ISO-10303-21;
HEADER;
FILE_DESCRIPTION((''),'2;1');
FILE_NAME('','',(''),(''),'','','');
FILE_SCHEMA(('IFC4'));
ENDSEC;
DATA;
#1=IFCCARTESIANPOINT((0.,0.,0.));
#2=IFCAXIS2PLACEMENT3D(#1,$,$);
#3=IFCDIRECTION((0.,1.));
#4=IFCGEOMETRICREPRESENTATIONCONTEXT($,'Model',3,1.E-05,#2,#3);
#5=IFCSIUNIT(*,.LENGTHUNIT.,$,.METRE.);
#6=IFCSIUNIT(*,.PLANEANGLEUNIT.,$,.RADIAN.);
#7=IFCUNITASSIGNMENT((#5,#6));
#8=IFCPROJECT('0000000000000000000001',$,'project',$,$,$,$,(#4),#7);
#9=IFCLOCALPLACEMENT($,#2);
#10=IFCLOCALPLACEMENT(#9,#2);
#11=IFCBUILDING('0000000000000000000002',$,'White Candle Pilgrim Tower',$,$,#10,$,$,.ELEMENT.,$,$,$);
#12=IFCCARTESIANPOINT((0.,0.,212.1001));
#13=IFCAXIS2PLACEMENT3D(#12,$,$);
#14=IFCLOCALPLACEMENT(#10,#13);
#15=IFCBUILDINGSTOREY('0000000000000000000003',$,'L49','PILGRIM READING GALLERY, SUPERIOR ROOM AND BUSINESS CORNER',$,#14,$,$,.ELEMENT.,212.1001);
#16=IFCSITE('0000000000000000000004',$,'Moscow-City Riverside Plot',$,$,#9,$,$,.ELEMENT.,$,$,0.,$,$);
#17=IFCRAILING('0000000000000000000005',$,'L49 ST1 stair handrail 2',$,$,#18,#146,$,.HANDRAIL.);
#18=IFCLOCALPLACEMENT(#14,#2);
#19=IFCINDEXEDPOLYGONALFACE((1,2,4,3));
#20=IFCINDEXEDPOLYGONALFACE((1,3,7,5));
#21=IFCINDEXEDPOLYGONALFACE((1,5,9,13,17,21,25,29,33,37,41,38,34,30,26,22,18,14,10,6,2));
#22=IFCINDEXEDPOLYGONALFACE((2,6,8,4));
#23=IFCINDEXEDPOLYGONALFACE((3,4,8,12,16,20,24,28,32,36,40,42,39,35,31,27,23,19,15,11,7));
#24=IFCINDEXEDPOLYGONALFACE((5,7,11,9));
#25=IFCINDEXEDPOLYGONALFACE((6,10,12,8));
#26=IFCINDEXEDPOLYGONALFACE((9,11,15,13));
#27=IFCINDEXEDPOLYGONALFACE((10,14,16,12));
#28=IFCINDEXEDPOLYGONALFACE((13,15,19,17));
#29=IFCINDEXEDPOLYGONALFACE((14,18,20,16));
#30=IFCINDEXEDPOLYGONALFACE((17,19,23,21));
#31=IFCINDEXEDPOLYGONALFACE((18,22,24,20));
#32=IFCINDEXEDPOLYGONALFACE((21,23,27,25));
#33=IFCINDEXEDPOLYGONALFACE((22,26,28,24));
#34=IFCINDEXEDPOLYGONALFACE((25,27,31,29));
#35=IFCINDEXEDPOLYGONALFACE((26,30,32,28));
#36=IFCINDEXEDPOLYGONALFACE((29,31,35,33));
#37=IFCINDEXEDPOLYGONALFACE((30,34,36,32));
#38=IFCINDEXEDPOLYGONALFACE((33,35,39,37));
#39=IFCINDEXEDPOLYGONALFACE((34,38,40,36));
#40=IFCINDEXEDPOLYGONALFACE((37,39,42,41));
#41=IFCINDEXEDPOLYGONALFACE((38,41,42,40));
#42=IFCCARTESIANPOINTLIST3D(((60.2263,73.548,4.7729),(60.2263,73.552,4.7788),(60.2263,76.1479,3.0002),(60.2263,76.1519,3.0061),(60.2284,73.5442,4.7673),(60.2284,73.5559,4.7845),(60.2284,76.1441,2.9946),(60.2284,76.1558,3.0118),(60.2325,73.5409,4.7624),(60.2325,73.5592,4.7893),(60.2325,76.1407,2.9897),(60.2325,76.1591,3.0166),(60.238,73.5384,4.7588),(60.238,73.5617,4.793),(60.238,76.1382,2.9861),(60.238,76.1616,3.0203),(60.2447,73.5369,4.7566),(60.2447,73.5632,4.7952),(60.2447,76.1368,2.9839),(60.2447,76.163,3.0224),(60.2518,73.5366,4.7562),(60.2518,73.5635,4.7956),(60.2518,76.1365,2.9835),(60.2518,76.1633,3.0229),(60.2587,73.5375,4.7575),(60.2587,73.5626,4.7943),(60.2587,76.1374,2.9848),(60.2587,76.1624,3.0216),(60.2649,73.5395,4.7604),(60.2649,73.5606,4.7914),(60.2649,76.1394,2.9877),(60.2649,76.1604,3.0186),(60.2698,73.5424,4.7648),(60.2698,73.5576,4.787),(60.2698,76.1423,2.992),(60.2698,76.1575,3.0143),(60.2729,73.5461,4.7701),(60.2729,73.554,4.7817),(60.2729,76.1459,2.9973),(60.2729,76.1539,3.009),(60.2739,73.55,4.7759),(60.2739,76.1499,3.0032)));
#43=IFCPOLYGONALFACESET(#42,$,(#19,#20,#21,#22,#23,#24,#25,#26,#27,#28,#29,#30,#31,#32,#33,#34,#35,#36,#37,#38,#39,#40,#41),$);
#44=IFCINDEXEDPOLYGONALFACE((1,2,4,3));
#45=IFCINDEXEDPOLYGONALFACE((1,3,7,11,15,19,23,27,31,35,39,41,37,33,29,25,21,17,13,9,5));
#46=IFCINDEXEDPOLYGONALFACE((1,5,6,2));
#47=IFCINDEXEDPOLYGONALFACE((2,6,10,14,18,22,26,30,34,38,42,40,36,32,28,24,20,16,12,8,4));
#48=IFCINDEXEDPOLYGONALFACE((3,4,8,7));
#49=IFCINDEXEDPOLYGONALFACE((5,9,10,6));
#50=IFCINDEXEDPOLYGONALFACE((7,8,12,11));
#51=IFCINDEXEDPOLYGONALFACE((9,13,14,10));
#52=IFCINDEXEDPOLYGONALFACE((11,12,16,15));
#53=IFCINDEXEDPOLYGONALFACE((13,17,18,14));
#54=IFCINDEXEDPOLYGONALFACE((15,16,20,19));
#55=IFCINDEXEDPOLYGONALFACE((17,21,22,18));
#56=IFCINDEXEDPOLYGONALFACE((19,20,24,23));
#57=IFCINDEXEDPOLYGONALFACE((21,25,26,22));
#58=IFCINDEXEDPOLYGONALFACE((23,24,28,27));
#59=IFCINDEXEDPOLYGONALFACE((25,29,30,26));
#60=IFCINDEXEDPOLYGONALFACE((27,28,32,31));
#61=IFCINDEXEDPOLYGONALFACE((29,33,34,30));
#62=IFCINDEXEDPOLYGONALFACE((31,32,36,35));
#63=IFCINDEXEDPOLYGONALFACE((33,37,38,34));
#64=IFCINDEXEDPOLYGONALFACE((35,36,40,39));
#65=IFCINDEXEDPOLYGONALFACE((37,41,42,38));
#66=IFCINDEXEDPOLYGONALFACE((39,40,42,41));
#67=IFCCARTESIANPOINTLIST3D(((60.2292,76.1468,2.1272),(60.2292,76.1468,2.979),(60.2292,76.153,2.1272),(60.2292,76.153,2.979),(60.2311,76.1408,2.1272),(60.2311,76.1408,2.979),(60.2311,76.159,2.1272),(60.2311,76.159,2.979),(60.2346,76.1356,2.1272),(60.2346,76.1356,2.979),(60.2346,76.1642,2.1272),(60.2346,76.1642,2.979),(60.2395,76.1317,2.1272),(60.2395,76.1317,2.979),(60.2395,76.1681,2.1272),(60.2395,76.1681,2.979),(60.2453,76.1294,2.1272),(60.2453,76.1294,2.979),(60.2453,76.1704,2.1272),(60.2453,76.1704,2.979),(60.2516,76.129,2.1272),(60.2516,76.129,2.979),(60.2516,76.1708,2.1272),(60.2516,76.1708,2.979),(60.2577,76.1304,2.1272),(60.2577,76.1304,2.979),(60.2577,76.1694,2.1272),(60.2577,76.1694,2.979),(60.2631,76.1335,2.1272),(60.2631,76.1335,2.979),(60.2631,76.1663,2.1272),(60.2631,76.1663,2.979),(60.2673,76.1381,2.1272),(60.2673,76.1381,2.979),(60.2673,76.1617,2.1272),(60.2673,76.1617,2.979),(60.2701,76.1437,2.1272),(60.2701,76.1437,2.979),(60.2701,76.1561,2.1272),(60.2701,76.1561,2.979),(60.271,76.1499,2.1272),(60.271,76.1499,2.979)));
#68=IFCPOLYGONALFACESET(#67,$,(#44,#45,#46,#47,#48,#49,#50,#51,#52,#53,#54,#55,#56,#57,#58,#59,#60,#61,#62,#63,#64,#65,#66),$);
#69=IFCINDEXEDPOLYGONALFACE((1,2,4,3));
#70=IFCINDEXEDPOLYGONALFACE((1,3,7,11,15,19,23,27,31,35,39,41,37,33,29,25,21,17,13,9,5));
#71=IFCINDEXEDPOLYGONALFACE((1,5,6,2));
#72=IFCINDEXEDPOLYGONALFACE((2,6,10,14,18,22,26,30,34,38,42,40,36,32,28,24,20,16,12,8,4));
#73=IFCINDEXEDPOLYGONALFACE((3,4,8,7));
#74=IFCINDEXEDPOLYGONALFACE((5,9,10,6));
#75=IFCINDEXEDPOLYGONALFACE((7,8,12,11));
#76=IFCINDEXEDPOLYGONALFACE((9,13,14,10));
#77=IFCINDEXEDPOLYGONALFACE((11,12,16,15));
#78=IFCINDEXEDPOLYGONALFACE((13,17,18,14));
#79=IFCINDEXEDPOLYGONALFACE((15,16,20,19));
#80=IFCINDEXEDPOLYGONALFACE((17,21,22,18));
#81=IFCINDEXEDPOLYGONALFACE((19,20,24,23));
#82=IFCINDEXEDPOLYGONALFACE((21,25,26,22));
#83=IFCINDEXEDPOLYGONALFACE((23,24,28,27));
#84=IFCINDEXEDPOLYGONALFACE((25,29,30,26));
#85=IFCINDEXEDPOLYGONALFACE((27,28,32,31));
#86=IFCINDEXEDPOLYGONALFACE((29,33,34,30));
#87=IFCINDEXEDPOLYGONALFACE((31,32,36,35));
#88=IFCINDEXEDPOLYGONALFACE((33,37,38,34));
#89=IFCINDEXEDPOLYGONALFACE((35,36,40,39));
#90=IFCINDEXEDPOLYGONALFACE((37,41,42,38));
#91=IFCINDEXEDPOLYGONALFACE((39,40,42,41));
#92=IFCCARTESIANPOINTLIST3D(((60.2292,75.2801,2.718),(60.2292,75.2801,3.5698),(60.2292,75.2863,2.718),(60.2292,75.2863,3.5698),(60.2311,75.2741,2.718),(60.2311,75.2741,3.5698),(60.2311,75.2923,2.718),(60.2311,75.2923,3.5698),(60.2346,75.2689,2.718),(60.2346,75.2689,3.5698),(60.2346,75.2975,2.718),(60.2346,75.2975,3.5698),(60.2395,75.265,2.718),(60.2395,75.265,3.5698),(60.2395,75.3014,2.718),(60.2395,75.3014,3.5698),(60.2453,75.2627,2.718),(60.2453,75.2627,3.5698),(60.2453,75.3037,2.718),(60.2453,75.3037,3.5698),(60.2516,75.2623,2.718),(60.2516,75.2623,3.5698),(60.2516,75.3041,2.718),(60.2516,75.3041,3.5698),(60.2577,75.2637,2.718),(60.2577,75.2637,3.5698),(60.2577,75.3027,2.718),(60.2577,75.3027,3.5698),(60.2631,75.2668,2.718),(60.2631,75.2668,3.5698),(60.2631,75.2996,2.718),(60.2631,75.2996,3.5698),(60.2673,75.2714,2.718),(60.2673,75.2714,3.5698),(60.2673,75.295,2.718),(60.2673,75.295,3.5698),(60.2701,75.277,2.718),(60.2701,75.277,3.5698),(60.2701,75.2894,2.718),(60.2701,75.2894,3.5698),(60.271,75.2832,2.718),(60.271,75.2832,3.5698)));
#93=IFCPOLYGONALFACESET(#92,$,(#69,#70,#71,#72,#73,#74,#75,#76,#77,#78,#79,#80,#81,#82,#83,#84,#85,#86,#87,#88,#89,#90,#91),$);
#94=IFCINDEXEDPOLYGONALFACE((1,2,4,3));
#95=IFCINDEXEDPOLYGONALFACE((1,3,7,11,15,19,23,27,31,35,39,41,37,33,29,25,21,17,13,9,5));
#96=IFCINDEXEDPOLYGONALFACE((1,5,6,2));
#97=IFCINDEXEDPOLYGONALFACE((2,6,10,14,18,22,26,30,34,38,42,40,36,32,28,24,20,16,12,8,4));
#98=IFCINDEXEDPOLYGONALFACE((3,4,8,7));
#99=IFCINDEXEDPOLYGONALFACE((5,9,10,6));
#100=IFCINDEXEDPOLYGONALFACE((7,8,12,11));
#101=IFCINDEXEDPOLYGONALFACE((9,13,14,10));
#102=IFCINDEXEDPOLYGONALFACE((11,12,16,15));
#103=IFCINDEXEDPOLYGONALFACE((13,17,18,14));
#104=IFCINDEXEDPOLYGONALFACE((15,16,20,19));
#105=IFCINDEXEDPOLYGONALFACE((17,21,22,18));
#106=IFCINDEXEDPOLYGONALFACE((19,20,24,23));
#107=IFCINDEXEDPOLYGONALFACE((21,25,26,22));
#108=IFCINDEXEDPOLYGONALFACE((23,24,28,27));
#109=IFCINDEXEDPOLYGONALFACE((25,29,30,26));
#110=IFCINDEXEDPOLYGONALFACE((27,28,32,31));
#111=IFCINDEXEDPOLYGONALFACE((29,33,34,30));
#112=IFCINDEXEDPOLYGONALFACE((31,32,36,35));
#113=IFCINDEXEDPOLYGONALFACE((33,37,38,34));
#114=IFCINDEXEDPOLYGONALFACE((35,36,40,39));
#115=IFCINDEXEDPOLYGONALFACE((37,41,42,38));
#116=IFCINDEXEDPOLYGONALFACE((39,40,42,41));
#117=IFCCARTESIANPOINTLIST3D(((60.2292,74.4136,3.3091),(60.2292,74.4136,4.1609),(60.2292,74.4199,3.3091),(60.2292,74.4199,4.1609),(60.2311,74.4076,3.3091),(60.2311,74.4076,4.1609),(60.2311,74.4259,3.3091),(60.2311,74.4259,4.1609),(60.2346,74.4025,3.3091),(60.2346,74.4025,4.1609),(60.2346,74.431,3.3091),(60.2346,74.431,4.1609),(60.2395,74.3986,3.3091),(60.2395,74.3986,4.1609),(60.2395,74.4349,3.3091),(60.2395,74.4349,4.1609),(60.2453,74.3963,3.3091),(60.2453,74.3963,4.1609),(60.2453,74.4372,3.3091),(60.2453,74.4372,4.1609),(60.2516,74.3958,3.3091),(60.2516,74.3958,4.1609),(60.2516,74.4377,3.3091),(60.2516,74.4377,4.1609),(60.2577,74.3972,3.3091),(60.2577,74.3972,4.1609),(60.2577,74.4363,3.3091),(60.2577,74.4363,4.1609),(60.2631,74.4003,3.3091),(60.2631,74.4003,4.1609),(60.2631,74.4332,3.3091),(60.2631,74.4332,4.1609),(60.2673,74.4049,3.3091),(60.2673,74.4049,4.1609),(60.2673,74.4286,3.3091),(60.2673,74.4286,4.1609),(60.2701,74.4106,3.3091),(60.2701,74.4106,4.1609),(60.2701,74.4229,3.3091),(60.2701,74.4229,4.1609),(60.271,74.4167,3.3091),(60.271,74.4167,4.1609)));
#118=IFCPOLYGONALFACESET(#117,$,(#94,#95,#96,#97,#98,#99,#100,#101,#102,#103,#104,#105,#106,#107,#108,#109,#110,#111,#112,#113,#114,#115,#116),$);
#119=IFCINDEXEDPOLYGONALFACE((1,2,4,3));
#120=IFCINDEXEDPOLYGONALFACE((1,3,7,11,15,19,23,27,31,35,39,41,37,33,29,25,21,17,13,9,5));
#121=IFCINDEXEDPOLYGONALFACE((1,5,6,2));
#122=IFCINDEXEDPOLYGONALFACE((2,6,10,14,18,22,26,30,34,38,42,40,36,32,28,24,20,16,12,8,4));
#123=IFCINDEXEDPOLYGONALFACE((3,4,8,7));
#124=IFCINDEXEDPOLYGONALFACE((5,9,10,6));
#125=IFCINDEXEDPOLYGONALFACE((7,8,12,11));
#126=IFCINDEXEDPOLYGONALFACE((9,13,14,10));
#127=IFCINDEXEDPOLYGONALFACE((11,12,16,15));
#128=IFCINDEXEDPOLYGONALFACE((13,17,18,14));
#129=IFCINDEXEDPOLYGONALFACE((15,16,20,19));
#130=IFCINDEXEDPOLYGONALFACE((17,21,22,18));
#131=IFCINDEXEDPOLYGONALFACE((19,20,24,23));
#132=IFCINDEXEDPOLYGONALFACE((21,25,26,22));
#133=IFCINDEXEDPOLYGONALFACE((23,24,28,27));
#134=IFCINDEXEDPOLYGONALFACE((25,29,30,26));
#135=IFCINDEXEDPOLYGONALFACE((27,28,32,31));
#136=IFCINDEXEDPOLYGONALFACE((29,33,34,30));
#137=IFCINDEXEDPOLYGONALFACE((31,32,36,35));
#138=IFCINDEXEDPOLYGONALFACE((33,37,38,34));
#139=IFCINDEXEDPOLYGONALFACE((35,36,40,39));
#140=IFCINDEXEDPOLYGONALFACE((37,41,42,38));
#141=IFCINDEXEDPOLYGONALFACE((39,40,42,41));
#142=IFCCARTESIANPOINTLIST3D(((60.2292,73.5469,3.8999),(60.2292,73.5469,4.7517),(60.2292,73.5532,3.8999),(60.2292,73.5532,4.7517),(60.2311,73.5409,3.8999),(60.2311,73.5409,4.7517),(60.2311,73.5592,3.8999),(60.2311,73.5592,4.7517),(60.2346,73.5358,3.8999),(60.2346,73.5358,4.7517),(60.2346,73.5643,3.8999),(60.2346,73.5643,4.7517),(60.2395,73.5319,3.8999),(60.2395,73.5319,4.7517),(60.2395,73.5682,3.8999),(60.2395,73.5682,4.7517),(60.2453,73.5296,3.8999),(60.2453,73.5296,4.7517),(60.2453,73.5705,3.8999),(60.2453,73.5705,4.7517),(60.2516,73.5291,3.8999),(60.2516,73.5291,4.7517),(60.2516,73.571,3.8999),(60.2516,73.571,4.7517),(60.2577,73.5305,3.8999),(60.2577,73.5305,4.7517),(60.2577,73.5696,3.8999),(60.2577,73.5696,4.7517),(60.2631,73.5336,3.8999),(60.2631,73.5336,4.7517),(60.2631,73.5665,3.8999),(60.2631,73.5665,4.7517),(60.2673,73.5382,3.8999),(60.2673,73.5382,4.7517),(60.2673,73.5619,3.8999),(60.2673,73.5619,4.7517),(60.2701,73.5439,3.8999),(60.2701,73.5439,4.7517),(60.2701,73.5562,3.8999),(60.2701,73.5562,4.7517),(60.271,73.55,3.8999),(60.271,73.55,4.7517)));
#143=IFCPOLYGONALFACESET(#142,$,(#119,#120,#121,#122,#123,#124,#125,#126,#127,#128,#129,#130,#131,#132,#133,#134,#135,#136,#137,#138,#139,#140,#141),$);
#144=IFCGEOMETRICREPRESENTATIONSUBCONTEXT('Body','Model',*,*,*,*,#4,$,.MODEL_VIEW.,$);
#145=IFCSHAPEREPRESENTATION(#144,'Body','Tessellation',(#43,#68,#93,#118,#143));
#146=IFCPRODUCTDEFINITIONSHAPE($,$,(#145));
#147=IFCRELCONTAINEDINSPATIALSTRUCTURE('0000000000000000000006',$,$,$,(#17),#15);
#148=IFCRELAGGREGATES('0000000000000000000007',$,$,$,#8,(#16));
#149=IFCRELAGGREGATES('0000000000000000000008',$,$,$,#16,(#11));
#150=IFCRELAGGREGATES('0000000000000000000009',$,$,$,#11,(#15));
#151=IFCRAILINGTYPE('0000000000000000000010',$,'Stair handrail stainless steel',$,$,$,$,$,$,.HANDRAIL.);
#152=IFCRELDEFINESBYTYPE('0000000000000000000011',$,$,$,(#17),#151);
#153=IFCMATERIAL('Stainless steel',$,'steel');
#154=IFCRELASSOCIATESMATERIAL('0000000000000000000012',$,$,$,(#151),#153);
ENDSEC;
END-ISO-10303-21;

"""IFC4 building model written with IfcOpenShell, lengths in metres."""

from ifc_helpers import new_model, si_unit, direction, frame, origin, origin_2d, place, context, subcontext, project, spatial, circle, extrude, material, type_object, element, save


model = new_model("IFC4")

# Units and contexts
model_context = context("Model", 3, precision=1e-05, world=origin(), true_north=direction((0.0, 1.0)))
body_context = subcontext(model_context, "Body", "Model", "MODEL_VIEW")
ifc_project = project(units=[si_unit("LENGTHUNIT", "METRE"), si_unit("PLANEANGLEUNIT", "RADIAN")], contexts=[model_context])

# Site, building, storey
site_placement = place(None, origin())
site = spatial("IfcSite", under=ifc_project, at=site_placement, Name="Moscow-City Riverside Plot", CompositionType="ELEMENT", RefElevation=0.0)
building_placement = place(site_placement, origin())
building = spatial("IfcBuilding", under=site, at=building_placement, Name="White Candle Pilgrim Tower", CompositionType="ELEMENT")
storey_placement = place(building_placement, frame((0.0, 0.0, 212.1001)))
storey = spatial("IfcBuildingStorey", under=building, at=storey_placement, Name="L49", Description="PILGRIM READING GALLERY, SUPERIOR ROOM AND BUSINESS CORNER", CompositionType="ELEMENT", Elevation=212.1001)

# Shared definitions
ifc_material_1 = material(Name="Stainless steel", Category="steel")

# Railing
railing_type_1 = type_object("IfcRailingType", Name="Stair handrail stainless steel", PredefinedType="HANDRAIL", material=ifc_material_1)
railing_1_placement = place(storey_placement, frame((60.25, 76.1499, 2.1272)))
element("IfcRailing", 1, at=railing_1_placement, inside=storey, type_object=railing_type_1, Name="L49 ST1 stair handrail 2", PredefinedType="HANDRAIL", context=body_context, shape_type="SweptSolid", body=[
    extrude(circle(Radius=0.0239, at=origin_2d()), frame((0.0, 0.0, 0.876), z_axis=(0.0, -0.826216, 0.563354), x_axis=(1.0, 0.0, 0.0)), (0.0, 0.0, 1.0), 3.1467),
    extrude(circle(Radius=0.021, at=origin_2d()), origin(), (0.0, 0.0, 1.0), 0.8518),
    extrude(circle(Radius=0.021, at=origin_2d()), frame((0.0, -0.8667, 0.5908)), (0.0, 0.0, 1.0), 0.8518),
    extrude(circle(Radius=0.021, at=origin_2d()), frame((0.0, -1.7332, 1.1819)), (0.0, 0.0, 1.0), 0.8518),
    extrude(circle(Radius=0.021, at=origin_2d()), frame((0.0, -2.5999, 1.7727)), (0.0, 0.0, 1.0), 0.8518),
])

save(model, "model.ifc")
